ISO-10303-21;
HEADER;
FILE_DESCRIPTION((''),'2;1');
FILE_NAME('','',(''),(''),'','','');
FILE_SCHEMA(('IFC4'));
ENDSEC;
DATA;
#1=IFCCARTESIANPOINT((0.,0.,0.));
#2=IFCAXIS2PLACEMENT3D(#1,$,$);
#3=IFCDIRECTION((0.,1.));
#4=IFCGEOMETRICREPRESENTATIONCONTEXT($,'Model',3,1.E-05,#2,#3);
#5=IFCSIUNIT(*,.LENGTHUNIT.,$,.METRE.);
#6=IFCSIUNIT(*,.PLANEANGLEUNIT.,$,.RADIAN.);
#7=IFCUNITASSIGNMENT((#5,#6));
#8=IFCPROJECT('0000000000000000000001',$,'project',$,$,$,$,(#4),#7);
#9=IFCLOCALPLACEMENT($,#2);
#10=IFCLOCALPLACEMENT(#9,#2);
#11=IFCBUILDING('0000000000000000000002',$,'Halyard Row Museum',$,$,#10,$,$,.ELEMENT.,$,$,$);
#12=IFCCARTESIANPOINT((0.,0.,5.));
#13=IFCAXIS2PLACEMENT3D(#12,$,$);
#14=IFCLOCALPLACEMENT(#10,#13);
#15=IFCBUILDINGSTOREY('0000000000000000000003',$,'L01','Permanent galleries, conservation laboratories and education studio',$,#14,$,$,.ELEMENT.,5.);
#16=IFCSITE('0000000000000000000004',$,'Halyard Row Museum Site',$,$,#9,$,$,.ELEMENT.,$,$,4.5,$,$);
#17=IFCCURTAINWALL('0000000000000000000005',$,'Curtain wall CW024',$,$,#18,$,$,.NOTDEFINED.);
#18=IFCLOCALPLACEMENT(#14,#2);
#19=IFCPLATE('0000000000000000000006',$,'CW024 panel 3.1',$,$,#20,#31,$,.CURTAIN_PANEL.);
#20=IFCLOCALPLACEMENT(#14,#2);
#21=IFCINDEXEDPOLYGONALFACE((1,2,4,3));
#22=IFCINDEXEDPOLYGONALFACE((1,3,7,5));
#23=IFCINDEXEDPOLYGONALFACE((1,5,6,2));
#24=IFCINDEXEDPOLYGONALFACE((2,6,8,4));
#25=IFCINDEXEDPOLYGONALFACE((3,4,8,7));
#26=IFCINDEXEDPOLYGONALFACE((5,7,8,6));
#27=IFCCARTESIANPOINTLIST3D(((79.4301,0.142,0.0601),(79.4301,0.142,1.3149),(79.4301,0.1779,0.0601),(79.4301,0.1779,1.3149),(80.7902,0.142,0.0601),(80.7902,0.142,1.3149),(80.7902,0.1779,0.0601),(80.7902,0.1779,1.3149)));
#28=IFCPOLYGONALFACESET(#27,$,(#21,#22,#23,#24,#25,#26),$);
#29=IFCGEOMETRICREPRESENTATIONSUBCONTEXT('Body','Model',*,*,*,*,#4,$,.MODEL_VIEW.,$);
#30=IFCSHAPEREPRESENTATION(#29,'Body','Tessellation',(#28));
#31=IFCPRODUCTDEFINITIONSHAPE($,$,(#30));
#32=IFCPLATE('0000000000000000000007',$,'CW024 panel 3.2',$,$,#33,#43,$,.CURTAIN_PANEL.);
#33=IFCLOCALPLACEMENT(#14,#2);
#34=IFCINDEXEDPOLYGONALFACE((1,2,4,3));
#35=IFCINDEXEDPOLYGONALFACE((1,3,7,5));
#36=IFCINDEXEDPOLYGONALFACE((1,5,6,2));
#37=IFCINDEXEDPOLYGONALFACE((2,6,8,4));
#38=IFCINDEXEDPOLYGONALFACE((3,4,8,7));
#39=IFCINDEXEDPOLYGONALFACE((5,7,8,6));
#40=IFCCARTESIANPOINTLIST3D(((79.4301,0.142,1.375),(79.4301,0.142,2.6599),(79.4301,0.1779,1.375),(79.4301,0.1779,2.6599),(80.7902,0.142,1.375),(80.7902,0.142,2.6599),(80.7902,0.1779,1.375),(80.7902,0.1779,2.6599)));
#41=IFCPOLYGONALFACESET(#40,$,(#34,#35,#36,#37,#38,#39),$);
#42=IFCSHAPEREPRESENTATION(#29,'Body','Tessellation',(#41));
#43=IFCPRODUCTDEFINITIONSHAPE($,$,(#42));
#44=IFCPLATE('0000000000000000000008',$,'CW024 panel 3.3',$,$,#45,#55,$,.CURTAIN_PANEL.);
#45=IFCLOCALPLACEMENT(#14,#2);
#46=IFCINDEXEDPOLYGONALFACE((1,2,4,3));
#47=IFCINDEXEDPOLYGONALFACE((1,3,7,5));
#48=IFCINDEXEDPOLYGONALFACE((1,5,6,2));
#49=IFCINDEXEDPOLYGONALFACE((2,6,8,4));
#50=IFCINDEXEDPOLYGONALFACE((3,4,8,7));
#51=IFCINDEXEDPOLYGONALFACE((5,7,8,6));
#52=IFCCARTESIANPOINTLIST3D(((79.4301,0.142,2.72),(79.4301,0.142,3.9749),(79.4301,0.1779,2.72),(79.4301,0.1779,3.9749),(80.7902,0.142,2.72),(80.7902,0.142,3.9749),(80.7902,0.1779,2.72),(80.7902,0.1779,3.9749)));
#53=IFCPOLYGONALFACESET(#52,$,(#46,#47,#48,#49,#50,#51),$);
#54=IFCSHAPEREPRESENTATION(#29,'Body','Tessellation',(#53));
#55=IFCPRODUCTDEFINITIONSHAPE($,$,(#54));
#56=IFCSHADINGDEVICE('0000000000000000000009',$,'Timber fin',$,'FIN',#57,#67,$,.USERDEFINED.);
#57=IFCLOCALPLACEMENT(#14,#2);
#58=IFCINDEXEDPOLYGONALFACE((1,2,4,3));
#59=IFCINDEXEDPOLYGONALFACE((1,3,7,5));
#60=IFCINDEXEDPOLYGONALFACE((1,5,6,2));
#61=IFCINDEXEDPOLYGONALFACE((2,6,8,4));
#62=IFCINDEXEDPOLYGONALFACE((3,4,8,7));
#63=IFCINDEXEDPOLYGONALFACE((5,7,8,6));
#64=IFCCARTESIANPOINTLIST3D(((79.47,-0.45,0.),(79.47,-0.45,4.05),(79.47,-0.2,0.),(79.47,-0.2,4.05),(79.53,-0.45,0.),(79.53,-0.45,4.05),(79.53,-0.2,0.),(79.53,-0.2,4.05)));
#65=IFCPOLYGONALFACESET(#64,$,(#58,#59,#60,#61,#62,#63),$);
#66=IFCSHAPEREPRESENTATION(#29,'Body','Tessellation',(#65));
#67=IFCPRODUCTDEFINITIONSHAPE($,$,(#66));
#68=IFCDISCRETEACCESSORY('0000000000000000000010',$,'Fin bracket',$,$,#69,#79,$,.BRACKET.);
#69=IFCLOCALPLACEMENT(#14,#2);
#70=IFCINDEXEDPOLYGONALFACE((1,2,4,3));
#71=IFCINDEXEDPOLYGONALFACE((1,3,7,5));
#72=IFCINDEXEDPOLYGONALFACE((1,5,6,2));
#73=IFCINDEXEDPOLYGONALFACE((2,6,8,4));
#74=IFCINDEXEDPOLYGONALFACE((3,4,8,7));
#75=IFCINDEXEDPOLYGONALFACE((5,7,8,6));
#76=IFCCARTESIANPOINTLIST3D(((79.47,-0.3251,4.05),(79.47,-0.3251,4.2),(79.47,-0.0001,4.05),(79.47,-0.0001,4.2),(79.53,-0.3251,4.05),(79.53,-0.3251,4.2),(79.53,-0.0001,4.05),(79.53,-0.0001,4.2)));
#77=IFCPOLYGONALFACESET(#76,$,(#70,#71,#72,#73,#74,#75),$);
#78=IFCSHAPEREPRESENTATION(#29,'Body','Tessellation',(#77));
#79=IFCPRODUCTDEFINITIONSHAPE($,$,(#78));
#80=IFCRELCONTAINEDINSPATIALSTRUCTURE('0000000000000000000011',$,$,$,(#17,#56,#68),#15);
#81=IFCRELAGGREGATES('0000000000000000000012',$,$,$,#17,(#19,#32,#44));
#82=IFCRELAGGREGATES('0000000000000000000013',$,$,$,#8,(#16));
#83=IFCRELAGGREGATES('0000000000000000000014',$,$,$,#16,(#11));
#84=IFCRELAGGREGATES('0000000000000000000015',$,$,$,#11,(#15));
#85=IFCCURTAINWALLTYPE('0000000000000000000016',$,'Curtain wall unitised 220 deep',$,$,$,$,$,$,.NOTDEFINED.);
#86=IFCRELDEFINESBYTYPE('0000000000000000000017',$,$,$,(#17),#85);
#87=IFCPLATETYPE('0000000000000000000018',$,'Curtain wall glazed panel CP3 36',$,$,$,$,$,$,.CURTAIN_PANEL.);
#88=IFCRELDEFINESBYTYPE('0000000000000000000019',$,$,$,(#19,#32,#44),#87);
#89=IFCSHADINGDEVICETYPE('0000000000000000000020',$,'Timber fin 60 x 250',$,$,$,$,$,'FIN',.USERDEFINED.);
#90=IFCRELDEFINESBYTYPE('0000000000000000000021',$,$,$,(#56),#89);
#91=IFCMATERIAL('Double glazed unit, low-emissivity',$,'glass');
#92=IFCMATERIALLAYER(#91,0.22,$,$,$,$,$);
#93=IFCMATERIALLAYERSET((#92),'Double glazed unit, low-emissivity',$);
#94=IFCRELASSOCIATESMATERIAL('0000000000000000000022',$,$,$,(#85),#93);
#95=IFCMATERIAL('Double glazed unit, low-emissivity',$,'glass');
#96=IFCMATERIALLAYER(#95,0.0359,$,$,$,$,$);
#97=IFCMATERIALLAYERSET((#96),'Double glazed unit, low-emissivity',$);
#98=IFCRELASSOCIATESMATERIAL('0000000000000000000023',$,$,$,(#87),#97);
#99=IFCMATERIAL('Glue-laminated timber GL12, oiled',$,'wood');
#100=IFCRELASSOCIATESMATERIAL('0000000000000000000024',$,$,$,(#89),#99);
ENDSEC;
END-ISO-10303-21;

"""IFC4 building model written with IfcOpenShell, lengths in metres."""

from ifc_helpers import new_model, si_unit, direction, frame, origin, origin_2d, place, context, subcontext, project, spatial, rectangle, extrude, material, layer, layer_set, type_object, element, aggregate, save


model = new_model("IFC4")

# Units and contexts
model_context = context("Model", 3, precision=1e-05, world=origin(), true_north=direction((0.0, 1.0)))
body_context = subcontext(model_context, "Body", "Model", "MODEL_VIEW")
ifc_project = project(units=[si_unit("LENGTHUNIT", "METRE"), si_unit("PLANEANGLEUNIT", "RADIAN")], contexts=[model_context])

# Site, building, storey
site_placement = place(None, origin())
site = spatial("IfcSite", under=ifc_project, at=site_placement, Name="Halyard Row Museum Site", CompositionType="ELEMENT", RefElevation=4.5)
building_placement = place(site_placement, origin())
building = spatial("IfcBuilding", under=site, at=building_placement, Name="Halyard Row Museum", CompositionType="ELEMENT")
storey_placement = place(building_placement, frame((0.0, 0.0, 5.0)))
storey = spatial("IfcBuildingStorey", under=building, at=storey_placement, Name="L01", Description="Permanent galleries, conservation laboratories and education studio", CompositionType="ELEMENT", Elevation=5.0)

# Curtain wall
ifc_material_1 = material(Name="Double glazed unit, low-emissivity", Category="glass")
ifc_layer_1 = layer(ifc_material_1, 0.22)
ifc_layer_set_1 = layer_set([ifc_layer_1], Name="Double glazed unit, low-emissivity")
curtain_wall_type = type_object("IfcCurtainWallType", Name="Curtain wall unitised 220 deep", PredefinedType="NOTDEFINED", material=ifc_layer_set_1)
curtain_wall_placement = place(storey_placement, origin())
curtain_wall = element("IfcCurtainWall", 1, at=curtain_wall_placement, inside=storey, type_object=curtain_wall_type, Name="Curtain wall CW024", PredefinedType="NOTDEFINED")

# Plates
ifc_material_2 = material(Name="Double glazed unit, low-emissivity", Category="glass")
ifc_layer_2 = layer(ifc_material_2, 0.0359)
ifc_layer_set_2 = layer_set([ifc_layer_2], Name="Double glazed unit, low-emissivity")
plate_type = type_object("IfcPlateType", Name="Curtain wall glazed panel CP3 36", PredefinedType="CURTAIN_PANEL", material=ifc_layer_set_2)
plate_1_placement = place(storey_placement, frame((80.1101, 0.1599, 0.0601), z_axis=(0.0, 0.0, 1.0), x_axis=(1.0, 0.0, 0.0)))
plate_1 = element("IfcPlate", 2, at=plate_1_placement, type_object=plate_type, Name="CW024 panel 3.1", PredefinedType="CURTAIN_PANEL", context=body_context, shape_type="SweptSolid", body=[
    extrude(rectangle(XDim=1.3601, YDim=0.0359, at=origin_2d()), origin(), (0.0, 0.0, 1.0), 1.2549),
])
plate_2_placement = place(storey_placement, frame((80.1101, 0.1599, 1.375), z_axis=(0.0, 0.0, 1.0), x_axis=(1.0, 0.0, 0.0)))
plate_2 = element("IfcPlate", 3, at=plate_2_placement, type_object=plate_type, Name="CW024 panel 3.2", PredefinedType="CURTAIN_PANEL", context=body_context, shape_type="SweptSolid", body=[
    extrude(rectangle(XDim=1.3601, YDim=0.0359, at=origin_2d()), origin(), (0.0, 0.0, 1.0), 1.2849),
])
plate_3_placement = place(storey_placement, frame((80.1101, 0.1599, 2.72), z_axis=(0.0, 0.0, 1.0), x_axis=(1.0, 0.0, 0.0)))
plate_3 = element("IfcPlate", 4, at=plate_3_placement, type_object=plate_type, Name="CW024 panel 3.3", PredefinedType="CURTAIN_PANEL", context=body_context, shape_type="SweptSolid", body=[
    extrude(rectangle(XDim=1.3601, YDim=0.0359, at=origin_2d()), origin(), (0.0, 0.0, 1.0), 1.2549),
])
aggregate(curtain_wall, [plate_1, plate_2, plate_3])

# Shading device
ifc_material_3 = material(Name="Glue-laminated timber GL12, oiled", Category="wood")
shading_device_type = type_object("IfcShadingDeviceType", Name="Timber fin 60 x 250", ElementType="FIN", PredefinedType="USERDEFINED", material=ifc_material_3)
shading_device_placement = place(storey_placement, frame((79.5, -0.325, 0.0), z_axis=(0.0, 0.0, 1.0), x_axis=(1.0, 0.0, 0.0)))
element("IfcShadingDevice", 5, at=shading_device_placement, inside=storey, type_object=shading_device_type, Name="Timber fin", ObjectType="FIN", PredefinedType="USERDEFINED", context=body_context, shape_type="SweptSolid", body=[
    extrude(rectangle(XDim=0.0601, YDim=0.25, at=origin_2d()), origin(), (0.0, 0.0, 1.0), 4.05),
])

# Discrete accessory
discrete_accessory_placement = place(storey_placement, frame((79.5, -0.1626, 4.05), z_axis=(0.0, 0.0, 1.0), x_axis=(1.0, 0.0, 0.0)))
element("IfcDiscreteAccessory", 6, at=discrete_accessory_placement, inside=storey, Name="Fin bracket", PredefinedType="BRACKET", context=body_context, shape_type="SweptSolid", body=[
    extrude(rectangle(XDim=0.0601, YDim=0.325, at=origin_2d()), origin(), (0.0, 0.0, 1.0), 0.1499),
])

save(model, "model.ifc")
